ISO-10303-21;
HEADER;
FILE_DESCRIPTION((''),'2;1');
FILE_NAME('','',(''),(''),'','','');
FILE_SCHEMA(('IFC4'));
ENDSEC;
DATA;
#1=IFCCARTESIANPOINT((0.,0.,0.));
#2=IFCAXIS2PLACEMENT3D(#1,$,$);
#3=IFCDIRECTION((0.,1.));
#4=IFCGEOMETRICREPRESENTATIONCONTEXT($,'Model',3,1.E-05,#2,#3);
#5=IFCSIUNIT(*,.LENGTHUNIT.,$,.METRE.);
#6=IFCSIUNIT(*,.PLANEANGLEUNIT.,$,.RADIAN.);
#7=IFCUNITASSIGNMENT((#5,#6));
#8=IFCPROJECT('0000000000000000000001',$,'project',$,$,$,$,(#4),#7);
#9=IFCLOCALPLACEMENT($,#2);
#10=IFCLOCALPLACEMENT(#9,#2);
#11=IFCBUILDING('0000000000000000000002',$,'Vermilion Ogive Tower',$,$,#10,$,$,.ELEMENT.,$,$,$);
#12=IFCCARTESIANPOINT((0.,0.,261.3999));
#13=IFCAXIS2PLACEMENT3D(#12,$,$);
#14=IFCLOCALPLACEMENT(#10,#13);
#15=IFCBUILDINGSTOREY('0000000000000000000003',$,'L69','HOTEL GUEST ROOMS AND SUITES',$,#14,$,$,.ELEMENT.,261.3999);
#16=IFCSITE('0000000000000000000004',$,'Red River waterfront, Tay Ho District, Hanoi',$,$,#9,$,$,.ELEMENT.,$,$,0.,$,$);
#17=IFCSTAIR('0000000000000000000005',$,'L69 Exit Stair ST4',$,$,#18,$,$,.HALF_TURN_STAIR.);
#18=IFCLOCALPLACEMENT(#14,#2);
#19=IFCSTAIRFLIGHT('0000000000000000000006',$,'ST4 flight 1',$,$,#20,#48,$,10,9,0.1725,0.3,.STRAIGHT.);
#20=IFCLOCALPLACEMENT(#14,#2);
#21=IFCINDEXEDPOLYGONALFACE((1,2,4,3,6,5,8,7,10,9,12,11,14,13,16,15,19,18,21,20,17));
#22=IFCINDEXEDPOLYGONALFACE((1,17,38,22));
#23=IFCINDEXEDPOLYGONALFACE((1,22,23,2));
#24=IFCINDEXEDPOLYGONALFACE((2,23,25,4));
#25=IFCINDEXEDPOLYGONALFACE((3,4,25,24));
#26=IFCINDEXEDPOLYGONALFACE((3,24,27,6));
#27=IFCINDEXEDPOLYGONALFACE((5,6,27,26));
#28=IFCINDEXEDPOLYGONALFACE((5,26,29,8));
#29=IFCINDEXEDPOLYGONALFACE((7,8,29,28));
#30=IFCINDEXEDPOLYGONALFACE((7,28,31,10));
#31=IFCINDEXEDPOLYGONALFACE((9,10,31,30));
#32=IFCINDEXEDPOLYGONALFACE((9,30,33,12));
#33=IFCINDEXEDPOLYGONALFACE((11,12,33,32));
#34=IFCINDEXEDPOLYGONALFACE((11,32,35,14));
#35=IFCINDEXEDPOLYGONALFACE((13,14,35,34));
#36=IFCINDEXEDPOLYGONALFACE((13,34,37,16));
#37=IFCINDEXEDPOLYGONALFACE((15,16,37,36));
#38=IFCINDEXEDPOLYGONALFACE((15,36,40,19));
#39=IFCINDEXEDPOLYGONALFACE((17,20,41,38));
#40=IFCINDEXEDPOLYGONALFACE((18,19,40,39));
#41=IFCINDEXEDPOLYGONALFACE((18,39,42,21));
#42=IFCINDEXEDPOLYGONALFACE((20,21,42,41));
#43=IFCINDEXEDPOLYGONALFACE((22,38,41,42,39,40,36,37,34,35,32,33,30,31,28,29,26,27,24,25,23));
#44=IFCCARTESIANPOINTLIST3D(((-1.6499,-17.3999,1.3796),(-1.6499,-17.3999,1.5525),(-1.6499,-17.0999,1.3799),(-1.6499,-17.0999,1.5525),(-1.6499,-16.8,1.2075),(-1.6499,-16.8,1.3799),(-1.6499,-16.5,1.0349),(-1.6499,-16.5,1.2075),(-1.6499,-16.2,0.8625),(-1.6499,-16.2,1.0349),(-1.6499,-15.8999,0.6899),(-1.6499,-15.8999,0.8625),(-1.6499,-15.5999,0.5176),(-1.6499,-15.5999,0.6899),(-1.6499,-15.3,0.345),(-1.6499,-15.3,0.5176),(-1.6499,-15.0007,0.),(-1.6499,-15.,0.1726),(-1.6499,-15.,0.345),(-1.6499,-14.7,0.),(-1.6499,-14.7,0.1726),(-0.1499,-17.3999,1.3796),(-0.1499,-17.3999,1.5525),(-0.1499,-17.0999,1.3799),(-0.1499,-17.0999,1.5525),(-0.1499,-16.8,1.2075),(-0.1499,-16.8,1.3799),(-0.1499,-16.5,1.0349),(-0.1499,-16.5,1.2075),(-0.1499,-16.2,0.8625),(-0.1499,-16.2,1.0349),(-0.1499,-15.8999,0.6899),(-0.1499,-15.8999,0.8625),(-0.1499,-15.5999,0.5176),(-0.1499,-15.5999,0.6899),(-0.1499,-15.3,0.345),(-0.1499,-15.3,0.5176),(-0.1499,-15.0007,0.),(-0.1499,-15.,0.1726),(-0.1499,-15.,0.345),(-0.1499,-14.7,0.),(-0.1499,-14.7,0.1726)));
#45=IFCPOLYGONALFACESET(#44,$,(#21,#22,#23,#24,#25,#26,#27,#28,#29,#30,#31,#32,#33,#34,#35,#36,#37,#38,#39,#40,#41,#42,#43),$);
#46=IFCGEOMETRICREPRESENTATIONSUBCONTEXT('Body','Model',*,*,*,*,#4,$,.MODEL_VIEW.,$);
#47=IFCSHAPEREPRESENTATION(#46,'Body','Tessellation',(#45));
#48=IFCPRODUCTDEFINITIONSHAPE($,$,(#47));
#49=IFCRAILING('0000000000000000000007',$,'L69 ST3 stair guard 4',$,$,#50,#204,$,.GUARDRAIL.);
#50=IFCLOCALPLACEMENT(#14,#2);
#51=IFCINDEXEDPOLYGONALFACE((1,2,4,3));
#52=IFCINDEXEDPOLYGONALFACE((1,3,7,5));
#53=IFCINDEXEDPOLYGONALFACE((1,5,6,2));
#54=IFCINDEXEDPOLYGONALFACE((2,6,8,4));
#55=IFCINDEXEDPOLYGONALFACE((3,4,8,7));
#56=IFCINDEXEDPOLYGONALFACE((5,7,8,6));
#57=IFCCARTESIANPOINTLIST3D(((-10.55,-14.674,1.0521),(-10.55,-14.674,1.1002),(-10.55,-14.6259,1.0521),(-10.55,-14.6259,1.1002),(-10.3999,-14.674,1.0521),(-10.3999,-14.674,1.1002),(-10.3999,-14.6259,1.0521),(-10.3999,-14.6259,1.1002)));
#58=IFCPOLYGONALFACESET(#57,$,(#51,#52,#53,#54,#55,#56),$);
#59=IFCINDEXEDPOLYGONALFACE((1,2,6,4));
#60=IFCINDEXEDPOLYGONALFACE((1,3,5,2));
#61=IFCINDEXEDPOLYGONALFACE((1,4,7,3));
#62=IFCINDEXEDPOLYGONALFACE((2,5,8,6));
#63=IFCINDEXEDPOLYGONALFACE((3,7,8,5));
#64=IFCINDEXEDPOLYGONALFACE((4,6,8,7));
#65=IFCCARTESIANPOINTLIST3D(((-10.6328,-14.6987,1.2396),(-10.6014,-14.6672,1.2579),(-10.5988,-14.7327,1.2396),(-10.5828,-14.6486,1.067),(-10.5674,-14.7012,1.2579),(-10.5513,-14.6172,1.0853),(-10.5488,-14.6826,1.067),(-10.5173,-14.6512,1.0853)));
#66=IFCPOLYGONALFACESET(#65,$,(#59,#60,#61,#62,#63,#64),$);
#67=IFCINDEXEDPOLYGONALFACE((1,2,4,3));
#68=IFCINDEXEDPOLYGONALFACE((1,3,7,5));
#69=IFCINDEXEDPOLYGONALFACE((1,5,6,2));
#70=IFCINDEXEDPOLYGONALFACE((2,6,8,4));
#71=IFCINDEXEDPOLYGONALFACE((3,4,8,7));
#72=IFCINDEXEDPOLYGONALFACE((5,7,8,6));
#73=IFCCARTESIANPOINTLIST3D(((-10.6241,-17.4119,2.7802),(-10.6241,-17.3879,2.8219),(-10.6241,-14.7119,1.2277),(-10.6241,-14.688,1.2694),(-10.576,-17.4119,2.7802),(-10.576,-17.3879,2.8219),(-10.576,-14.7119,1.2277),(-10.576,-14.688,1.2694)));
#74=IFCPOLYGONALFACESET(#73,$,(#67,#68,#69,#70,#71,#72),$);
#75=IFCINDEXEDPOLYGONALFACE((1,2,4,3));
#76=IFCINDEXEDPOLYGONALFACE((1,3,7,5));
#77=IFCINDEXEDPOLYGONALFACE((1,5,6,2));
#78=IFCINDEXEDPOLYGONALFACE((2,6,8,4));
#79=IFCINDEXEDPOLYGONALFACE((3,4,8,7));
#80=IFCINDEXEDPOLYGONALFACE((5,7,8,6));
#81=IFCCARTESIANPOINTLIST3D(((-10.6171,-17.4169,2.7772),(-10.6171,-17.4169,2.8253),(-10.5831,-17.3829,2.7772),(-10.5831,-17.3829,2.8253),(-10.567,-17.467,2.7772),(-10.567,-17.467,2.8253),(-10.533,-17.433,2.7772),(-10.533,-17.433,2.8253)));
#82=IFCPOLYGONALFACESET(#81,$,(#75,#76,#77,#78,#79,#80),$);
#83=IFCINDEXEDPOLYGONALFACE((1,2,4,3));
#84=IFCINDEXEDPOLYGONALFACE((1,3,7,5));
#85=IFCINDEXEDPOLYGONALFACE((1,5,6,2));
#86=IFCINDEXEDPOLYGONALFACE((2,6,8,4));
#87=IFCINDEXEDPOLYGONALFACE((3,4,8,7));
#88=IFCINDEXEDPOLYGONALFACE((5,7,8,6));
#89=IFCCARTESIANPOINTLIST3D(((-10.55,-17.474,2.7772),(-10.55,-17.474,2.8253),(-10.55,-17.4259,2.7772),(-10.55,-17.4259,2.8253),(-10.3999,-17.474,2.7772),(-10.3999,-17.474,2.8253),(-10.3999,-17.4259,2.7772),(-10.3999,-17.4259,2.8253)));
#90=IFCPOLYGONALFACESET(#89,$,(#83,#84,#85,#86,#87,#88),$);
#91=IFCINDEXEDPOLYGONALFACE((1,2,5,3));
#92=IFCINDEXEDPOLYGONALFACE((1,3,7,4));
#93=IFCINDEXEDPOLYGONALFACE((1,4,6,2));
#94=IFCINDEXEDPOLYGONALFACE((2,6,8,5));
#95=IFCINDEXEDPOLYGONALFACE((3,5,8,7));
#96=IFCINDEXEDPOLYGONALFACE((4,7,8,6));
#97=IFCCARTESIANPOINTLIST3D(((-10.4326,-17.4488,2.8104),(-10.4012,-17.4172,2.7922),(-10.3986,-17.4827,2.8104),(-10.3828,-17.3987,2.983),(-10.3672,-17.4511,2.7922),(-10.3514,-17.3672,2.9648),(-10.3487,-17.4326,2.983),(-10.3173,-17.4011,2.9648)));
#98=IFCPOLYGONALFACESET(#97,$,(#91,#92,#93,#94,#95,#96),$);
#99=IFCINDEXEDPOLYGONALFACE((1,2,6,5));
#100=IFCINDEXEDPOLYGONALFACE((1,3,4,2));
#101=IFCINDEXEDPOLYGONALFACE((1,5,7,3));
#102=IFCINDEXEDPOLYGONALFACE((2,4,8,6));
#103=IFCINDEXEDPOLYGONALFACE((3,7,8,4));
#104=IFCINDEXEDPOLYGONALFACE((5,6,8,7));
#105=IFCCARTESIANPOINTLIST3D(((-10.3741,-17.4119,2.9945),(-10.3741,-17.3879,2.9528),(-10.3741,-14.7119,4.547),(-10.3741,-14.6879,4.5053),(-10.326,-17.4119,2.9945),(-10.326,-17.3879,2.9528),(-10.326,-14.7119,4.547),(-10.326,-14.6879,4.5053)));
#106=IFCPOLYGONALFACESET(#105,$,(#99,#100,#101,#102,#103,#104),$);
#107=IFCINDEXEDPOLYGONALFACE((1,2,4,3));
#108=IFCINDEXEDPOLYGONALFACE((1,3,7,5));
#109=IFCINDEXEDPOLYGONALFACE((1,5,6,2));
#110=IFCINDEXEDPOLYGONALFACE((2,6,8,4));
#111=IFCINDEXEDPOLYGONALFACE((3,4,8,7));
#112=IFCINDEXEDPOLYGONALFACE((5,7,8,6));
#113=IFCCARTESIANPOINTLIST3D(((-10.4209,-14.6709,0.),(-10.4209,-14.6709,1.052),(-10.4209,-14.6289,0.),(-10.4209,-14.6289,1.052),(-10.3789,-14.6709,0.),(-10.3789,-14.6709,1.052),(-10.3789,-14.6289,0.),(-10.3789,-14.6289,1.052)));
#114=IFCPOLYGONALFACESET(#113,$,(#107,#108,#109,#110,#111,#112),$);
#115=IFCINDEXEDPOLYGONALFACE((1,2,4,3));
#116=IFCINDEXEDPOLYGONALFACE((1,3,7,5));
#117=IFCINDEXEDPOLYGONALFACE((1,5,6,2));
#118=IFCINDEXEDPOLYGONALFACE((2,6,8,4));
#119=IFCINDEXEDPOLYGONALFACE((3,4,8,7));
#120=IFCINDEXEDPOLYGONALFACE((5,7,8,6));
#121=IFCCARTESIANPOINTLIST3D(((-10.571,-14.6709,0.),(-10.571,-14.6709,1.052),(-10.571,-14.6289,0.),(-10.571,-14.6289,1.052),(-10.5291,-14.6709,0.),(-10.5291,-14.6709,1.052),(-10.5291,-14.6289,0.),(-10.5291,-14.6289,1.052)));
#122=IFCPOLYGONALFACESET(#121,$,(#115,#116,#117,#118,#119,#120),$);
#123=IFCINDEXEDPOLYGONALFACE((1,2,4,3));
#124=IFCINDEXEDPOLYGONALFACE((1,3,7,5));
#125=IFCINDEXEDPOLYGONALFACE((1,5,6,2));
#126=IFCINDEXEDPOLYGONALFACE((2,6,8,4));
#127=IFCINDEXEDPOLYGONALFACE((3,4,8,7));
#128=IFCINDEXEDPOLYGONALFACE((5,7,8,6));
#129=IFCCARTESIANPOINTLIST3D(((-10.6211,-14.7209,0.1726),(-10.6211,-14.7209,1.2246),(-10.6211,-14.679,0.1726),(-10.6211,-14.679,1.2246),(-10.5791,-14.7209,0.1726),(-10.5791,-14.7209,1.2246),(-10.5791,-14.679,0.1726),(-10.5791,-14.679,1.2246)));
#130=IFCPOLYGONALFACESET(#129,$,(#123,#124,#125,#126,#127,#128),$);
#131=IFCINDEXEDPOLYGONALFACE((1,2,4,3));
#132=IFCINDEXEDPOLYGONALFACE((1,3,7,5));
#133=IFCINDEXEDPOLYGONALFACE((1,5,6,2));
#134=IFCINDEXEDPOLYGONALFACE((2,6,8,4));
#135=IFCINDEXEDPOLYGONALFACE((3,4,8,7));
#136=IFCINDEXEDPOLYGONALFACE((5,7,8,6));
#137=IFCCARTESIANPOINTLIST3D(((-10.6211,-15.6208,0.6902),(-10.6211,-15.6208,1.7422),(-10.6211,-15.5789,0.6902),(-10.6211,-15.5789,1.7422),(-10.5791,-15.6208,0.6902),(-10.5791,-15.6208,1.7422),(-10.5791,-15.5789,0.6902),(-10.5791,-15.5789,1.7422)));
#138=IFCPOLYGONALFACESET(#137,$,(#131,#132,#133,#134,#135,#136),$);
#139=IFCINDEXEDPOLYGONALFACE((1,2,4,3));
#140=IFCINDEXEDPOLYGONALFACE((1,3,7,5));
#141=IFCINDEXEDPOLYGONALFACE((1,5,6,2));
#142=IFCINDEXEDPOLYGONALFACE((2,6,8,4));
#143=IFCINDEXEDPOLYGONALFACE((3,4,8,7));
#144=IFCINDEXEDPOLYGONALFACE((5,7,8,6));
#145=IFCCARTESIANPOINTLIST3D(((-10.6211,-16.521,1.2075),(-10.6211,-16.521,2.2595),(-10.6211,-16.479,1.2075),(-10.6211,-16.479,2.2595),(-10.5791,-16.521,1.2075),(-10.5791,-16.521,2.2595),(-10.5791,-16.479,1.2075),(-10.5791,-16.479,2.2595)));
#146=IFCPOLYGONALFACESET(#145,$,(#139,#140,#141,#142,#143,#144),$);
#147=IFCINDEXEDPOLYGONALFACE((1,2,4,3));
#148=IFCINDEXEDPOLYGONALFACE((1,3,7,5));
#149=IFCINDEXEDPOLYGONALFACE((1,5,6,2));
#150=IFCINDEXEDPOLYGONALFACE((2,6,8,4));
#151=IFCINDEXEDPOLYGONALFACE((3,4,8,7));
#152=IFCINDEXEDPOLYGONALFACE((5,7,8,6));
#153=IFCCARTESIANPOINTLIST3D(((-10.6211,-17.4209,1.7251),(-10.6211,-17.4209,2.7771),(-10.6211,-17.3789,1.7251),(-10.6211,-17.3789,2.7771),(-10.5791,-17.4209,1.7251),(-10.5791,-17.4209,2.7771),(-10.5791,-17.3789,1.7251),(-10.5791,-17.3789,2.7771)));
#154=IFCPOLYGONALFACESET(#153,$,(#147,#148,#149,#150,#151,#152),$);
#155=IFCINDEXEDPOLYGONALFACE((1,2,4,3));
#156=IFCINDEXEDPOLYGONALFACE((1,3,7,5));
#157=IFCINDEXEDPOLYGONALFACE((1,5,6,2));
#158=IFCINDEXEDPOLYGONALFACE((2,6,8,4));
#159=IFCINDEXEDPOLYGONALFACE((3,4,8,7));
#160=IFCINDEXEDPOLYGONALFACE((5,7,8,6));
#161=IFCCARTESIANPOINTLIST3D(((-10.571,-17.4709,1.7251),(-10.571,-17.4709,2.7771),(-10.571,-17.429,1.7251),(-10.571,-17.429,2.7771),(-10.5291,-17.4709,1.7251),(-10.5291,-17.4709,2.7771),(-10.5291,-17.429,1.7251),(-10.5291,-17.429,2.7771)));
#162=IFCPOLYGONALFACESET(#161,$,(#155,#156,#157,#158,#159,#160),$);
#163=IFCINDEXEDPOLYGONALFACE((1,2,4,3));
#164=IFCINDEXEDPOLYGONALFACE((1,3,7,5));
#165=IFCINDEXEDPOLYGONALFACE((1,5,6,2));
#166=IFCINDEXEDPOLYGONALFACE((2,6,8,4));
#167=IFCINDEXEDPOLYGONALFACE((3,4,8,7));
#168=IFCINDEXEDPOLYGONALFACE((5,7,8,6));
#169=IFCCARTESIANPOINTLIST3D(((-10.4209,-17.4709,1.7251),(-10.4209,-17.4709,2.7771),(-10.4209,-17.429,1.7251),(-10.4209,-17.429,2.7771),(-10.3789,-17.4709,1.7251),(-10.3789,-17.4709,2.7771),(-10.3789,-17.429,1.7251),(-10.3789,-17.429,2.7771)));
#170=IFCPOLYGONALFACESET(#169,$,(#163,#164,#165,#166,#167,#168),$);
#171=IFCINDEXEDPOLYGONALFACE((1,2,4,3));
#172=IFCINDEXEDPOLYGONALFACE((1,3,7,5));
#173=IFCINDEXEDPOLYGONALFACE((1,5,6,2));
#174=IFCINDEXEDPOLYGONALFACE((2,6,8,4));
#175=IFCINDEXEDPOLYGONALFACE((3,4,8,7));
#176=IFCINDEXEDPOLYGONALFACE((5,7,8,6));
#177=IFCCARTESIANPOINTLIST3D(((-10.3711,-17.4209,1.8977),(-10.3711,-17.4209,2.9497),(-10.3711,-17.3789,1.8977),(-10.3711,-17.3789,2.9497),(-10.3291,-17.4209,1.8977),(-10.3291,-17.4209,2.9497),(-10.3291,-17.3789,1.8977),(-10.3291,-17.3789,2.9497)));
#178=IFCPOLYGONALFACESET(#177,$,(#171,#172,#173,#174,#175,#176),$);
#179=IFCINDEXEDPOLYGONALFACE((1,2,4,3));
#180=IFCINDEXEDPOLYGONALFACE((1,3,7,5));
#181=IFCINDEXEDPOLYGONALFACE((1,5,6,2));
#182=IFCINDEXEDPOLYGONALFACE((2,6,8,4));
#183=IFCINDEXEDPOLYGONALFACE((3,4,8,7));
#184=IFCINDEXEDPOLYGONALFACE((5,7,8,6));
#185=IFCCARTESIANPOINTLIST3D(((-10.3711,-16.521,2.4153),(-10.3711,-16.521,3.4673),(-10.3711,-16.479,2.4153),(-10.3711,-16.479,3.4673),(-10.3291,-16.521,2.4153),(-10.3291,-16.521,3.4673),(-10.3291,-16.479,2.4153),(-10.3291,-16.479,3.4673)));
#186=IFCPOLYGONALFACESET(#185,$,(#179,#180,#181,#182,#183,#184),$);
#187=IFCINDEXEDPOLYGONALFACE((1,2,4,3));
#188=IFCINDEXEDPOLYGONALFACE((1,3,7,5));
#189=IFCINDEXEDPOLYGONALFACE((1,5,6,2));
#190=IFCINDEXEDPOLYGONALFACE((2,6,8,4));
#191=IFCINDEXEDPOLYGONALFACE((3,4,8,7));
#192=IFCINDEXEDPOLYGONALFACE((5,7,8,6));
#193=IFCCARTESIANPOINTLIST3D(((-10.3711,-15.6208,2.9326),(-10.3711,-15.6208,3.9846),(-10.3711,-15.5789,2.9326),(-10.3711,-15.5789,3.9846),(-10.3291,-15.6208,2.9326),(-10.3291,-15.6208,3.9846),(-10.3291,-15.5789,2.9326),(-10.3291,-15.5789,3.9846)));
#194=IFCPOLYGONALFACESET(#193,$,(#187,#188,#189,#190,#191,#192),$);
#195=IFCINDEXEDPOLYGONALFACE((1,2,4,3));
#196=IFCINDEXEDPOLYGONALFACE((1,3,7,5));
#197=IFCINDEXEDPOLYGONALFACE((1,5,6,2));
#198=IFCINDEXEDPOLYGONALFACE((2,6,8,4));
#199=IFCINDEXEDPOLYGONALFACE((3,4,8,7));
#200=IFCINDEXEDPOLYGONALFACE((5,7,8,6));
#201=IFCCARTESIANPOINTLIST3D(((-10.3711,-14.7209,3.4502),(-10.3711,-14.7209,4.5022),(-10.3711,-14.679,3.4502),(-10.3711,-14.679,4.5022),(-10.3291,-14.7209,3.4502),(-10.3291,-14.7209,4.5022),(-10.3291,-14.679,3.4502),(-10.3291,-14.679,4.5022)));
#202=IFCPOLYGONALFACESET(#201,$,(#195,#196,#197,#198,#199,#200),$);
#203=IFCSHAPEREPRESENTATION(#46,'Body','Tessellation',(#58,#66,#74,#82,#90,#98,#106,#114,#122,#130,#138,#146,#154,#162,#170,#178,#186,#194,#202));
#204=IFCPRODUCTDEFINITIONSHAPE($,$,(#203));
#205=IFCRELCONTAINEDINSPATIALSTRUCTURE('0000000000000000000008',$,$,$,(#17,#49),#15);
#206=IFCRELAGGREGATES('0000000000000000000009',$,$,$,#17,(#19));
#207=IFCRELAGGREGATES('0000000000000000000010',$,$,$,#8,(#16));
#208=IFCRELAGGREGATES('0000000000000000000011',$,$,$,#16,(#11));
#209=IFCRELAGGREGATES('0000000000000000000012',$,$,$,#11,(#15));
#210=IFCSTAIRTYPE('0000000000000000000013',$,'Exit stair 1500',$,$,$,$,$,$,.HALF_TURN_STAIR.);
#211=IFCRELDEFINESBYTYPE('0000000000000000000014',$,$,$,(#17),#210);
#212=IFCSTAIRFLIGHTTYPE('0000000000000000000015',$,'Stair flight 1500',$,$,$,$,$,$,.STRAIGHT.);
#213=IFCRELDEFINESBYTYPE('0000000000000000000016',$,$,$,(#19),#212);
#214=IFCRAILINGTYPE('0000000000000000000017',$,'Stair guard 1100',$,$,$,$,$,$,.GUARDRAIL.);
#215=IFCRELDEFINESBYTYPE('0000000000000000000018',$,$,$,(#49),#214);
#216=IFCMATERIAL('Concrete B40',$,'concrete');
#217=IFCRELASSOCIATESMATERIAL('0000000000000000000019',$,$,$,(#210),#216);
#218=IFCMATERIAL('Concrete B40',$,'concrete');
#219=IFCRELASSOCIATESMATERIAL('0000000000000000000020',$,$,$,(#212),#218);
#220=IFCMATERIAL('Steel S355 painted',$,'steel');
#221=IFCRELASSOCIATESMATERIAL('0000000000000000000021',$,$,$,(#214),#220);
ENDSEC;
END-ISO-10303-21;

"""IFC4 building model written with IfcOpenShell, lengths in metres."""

from ifc_helpers import new_model, si_unit, direction, frame, origin, origin_2d, place, context, subcontext, project, spatial, polyline, rectangle, outline, extrude, material, type_object, element, aggregate, save


model = new_model("IFC4")

# Units and contexts
model_context = context("Model", 3, precision=1e-05, world=origin(), true_north=direction((0.0, 1.0)))
body_context = subcontext(model_context, "Body", "Model", "MODEL_VIEW")
ifc_project = project(units=[si_unit("LENGTHUNIT", "METRE"), si_unit("PLANEANGLEUNIT", "RADIAN")], contexts=[model_context])

# Site, building, storey
site_placement = place(None, origin())
site = spatial("IfcSite", under=ifc_project, at=site_placement, Name="Red River waterfront, Tay Ho District, Hanoi", CompositionType="ELEMENT", RefElevation=0.0)
building_placement = place(site_placement, origin())
building = spatial("IfcBuilding", under=site, at=building_placement, Name="Vermilion Ogive Tower", CompositionType="ELEMENT")
storey_placement = place(building_placement, frame((0.0, 0.0, 261.3999)))
storey = spatial("IfcBuildingStorey", under=building, at=storey_placement, Name="L69", Description="HOTEL GUEST ROOMS AND SUITES", CompositionType="ELEMENT", Elevation=261.3999)

# Stair, stair flight
ifc_material_1 = material(Name="Concrete B40", Category="concrete")
stair_type = type_object("IfcStairType", Name="Exit stair 1500", PredefinedType="HALF_TURN_STAIR", material=ifc_material_1)
ifc_material_2 = material(Name="Concrete B40", Category="concrete")
stair_flight_type = type_object("IfcStairFlightType", Name="Stair flight 1500", PredefinedType="STRAIGHT", material=ifc_material_2)
stair_1_placement = place(storey_placement, origin())
stair_1 = element("IfcStair", 1, at=stair_1_placement, inside=storey, type_object=stair_type, Name="L69 Exit Stair ST4", PredefinedType="HALF_TURN_STAIR")
stair_flight_1_placement = place(storey_placement, frame((-0.8999, -14.7, 0.0), z_axis=(0.0, 0.0, 1.0), x_axis=(0.0, -1.0, 0.0)))
stair_flight_1 = element("IfcStairFlight", 2, at=stair_flight_1_placement, type_object=stair_flight_type, Name="ST4 flight 1", NumberOfRisers=10, NumberOfTreads=9, PredefinedType="STRAIGHT", RiserHeight=0.1725, TreadLength=0.3, context=body_context, shape_type="SweptSolid", body=[
    extrude(outline(polyline([(0.0, 0.0), (0.0, 0.1726), (0.3, 0.1726), (0.3, 0.345), (0.6001, 0.345), (0.6001, 0.5176), (0.8999, 0.5176), (0.8999, 0.6899), (1.2, 0.6899), (1.2, 0.8625), (1.5, 0.8625), (1.5, 1.0349), (1.8, 1.0349), (1.8, 1.2075), (2.1001, 1.2075), (2.1001, 1.3799), (2.3999, 1.3799), (2.3999, 1.5525), (2.7, 1.5525), (2.7, 1.7251), (2.7, 1.3796), (0.3008, 0.0), (0.0, 0.0)])), frame((0.0, 0.75, 0.0), z_axis=(0.0, -1.0, 0.0), x_axis=(1.0, 0.0, 0.0)), (0.0, 0.0, 1.0), 1.5),
])
aggregate(stair_1, [stair_flight_1])

# Railing
ifc_material_3 = material(Name="Steel S355 painted", Category="steel")
railing_type_1 = type_object("IfcRailingType", Name="Stair guard 1100", PredefinedType="GUARDRAIL", material=ifc_material_3)
railing_1_placement = place(storey_placement, frame((-10.3999, -14.6499, 0.0)))
element("IfcRailing", 3, at=railing_1_placement, inside=storey, type_object=railing_type_1, Name="L69 ST3 stair guard 4", PredefinedType="GUARDRAIL", context=body_context, shape_type="SweptSolid", body=[
    extrude(rectangle(XDim=0.0481, YDim=0.0481, at=origin_2d()), frame((0.0, 0.0, 1.0762), z_axis=(-1.0, 0.0, 0.0), x_axis=(0.0, -1.0, 0.0)), (0.0, 0.0, 1.0), 0.1501),
    extrude(rectangle(XDim=0.0481, YDim=0.0481, at=origin_2d()), frame((-0.1501, 0.0, 1.0762), z_axis=(-0.268278, -0.268278, 0.925232), x_axis=(0.707107, -0.707107, 0.0)), (0.0, 0.0, 1.0), 0.1865),
    extrude(rectangle(XDim=0.0481, YDim=0.0481, at=origin_2d()), frame((-0.2002, -0.05, 1.2485), z_axis=(0.0, -0.866904, 0.498476), x_axis=(1.0, 0.0, 0.0)), (0.0, 0.0, 1.0), 3.1145),
    extrude(rectangle(XDim=0.0481, YDim=0.0481, at=origin_2d()), frame((-0.2002, -2.75, 2.8013), z_axis=(0.707107, -0.707107, 0.0), x_axis=(0.707107, 0.707107, 0.0)), (0.0, 0.0, 1.0), 0.0708),
    extrude(rectangle(XDim=0.0481, YDim=0.0481, at=origin_2d()), frame((-0.1501, -2.8, 2.8013), z_axis=(1.0, 0.0, 0.0), x_axis=(0.0, 1.0, 0.0)), (0.0, 0.0, 1.0), 0.1501),
    extrude(rectangle(XDim=0.0481, YDim=0.0481, at=origin_2d()), frame((0.0, -2.8, 2.8013), z_axis=(0.267063, 0.268372, 0.925556), x_axis=(-0.708834, 0.705376, 0.0)), (0.0, 0.0, 1.0), 0.1865),
    extrude(rectangle(XDim=0.0481, YDim=0.0481, at=origin_2d()), frame((0.0498, -2.75, 2.9736), z_axis=(0.0, 0.866904, 0.498476), x_axis=(-1.0, 0.0, 0.0)), (0.0, 0.0, 1.0), 3.1145),
    extrude(rectangle(XDim=0.042, YDim=0.042, at=origin_2d()), origin(), (0.0, 0.0, 1.0), 1.052),
    extrude(rectangle(XDim=0.042, YDim=0.042, at=origin_2d()), frame((-0.1501, 0.0, 0.0)), (0.0, 0.0, 1.0), 1.052),
    extrude(rectangle(XDim=0.042, YDim=0.042, at=origin_2d()), frame((-0.2002, -0.05, 0.1726)), (0.0, 0.0, 1.0), 1.052),
    extrude(rectangle(XDim=0.042, YDim=0.042, at=origin_2d()), frame((-0.2002, -0.95, 0.6902)), (0.0, 0.0, 1.0), 1.052),
    extrude(rectangle(XDim=0.042, YDim=0.042, at=origin_2d()), frame((-0.2002, -1.8501, 1.2075)), (0.0, 0.0, 1.0), 1.052),
    extrude(rectangle(XDim=0.042, YDim=0.042, at=origin_2d()), frame((-0.2002, -2.75, 1.7251)), (0.0, 0.0, 1.0), 1.052),
    extrude(rectangle(XDim=0.042, YDim=0.042, at=origin_2d()), frame((-0.1501, -2.8, 1.7251)), (0.0, 0.0, 1.0), 1.052),
    extrude(rectangle(XDim=0.042, YDim=0.042, at=origin_2d()), frame((0.0, -2.8, 1.7251)), (0.0, 0.0, 1.0), 1.052),
    extrude(rectangle(XDim=0.042, YDim=0.042, at=origin_2d()), frame((0.0498, -2.75, 1.8977)), (0.0, 0.0, 1.0), 1.052),
    extrude(rectangle(XDim=0.042, YDim=0.042, at=origin_2d()), frame((0.0498, -1.8501, 2.4153)), (0.0, 0.0, 1.0), 1.052),
    extrude(rectangle(XDim=0.042, YDim=0.042, at=origin_2d()), frame((0.0498, -0.95, 2.9326)), (0.0, 0.0, 1.0), 1.052),
    extrude(rectangle(XDim=0.042, YDim=0.042, at=origin_2d()), frame((0.0498, -0.05, 3.4502)), (0.0, 0.0, 1.0), 1.052),
])

save(model, "model.ifc")
